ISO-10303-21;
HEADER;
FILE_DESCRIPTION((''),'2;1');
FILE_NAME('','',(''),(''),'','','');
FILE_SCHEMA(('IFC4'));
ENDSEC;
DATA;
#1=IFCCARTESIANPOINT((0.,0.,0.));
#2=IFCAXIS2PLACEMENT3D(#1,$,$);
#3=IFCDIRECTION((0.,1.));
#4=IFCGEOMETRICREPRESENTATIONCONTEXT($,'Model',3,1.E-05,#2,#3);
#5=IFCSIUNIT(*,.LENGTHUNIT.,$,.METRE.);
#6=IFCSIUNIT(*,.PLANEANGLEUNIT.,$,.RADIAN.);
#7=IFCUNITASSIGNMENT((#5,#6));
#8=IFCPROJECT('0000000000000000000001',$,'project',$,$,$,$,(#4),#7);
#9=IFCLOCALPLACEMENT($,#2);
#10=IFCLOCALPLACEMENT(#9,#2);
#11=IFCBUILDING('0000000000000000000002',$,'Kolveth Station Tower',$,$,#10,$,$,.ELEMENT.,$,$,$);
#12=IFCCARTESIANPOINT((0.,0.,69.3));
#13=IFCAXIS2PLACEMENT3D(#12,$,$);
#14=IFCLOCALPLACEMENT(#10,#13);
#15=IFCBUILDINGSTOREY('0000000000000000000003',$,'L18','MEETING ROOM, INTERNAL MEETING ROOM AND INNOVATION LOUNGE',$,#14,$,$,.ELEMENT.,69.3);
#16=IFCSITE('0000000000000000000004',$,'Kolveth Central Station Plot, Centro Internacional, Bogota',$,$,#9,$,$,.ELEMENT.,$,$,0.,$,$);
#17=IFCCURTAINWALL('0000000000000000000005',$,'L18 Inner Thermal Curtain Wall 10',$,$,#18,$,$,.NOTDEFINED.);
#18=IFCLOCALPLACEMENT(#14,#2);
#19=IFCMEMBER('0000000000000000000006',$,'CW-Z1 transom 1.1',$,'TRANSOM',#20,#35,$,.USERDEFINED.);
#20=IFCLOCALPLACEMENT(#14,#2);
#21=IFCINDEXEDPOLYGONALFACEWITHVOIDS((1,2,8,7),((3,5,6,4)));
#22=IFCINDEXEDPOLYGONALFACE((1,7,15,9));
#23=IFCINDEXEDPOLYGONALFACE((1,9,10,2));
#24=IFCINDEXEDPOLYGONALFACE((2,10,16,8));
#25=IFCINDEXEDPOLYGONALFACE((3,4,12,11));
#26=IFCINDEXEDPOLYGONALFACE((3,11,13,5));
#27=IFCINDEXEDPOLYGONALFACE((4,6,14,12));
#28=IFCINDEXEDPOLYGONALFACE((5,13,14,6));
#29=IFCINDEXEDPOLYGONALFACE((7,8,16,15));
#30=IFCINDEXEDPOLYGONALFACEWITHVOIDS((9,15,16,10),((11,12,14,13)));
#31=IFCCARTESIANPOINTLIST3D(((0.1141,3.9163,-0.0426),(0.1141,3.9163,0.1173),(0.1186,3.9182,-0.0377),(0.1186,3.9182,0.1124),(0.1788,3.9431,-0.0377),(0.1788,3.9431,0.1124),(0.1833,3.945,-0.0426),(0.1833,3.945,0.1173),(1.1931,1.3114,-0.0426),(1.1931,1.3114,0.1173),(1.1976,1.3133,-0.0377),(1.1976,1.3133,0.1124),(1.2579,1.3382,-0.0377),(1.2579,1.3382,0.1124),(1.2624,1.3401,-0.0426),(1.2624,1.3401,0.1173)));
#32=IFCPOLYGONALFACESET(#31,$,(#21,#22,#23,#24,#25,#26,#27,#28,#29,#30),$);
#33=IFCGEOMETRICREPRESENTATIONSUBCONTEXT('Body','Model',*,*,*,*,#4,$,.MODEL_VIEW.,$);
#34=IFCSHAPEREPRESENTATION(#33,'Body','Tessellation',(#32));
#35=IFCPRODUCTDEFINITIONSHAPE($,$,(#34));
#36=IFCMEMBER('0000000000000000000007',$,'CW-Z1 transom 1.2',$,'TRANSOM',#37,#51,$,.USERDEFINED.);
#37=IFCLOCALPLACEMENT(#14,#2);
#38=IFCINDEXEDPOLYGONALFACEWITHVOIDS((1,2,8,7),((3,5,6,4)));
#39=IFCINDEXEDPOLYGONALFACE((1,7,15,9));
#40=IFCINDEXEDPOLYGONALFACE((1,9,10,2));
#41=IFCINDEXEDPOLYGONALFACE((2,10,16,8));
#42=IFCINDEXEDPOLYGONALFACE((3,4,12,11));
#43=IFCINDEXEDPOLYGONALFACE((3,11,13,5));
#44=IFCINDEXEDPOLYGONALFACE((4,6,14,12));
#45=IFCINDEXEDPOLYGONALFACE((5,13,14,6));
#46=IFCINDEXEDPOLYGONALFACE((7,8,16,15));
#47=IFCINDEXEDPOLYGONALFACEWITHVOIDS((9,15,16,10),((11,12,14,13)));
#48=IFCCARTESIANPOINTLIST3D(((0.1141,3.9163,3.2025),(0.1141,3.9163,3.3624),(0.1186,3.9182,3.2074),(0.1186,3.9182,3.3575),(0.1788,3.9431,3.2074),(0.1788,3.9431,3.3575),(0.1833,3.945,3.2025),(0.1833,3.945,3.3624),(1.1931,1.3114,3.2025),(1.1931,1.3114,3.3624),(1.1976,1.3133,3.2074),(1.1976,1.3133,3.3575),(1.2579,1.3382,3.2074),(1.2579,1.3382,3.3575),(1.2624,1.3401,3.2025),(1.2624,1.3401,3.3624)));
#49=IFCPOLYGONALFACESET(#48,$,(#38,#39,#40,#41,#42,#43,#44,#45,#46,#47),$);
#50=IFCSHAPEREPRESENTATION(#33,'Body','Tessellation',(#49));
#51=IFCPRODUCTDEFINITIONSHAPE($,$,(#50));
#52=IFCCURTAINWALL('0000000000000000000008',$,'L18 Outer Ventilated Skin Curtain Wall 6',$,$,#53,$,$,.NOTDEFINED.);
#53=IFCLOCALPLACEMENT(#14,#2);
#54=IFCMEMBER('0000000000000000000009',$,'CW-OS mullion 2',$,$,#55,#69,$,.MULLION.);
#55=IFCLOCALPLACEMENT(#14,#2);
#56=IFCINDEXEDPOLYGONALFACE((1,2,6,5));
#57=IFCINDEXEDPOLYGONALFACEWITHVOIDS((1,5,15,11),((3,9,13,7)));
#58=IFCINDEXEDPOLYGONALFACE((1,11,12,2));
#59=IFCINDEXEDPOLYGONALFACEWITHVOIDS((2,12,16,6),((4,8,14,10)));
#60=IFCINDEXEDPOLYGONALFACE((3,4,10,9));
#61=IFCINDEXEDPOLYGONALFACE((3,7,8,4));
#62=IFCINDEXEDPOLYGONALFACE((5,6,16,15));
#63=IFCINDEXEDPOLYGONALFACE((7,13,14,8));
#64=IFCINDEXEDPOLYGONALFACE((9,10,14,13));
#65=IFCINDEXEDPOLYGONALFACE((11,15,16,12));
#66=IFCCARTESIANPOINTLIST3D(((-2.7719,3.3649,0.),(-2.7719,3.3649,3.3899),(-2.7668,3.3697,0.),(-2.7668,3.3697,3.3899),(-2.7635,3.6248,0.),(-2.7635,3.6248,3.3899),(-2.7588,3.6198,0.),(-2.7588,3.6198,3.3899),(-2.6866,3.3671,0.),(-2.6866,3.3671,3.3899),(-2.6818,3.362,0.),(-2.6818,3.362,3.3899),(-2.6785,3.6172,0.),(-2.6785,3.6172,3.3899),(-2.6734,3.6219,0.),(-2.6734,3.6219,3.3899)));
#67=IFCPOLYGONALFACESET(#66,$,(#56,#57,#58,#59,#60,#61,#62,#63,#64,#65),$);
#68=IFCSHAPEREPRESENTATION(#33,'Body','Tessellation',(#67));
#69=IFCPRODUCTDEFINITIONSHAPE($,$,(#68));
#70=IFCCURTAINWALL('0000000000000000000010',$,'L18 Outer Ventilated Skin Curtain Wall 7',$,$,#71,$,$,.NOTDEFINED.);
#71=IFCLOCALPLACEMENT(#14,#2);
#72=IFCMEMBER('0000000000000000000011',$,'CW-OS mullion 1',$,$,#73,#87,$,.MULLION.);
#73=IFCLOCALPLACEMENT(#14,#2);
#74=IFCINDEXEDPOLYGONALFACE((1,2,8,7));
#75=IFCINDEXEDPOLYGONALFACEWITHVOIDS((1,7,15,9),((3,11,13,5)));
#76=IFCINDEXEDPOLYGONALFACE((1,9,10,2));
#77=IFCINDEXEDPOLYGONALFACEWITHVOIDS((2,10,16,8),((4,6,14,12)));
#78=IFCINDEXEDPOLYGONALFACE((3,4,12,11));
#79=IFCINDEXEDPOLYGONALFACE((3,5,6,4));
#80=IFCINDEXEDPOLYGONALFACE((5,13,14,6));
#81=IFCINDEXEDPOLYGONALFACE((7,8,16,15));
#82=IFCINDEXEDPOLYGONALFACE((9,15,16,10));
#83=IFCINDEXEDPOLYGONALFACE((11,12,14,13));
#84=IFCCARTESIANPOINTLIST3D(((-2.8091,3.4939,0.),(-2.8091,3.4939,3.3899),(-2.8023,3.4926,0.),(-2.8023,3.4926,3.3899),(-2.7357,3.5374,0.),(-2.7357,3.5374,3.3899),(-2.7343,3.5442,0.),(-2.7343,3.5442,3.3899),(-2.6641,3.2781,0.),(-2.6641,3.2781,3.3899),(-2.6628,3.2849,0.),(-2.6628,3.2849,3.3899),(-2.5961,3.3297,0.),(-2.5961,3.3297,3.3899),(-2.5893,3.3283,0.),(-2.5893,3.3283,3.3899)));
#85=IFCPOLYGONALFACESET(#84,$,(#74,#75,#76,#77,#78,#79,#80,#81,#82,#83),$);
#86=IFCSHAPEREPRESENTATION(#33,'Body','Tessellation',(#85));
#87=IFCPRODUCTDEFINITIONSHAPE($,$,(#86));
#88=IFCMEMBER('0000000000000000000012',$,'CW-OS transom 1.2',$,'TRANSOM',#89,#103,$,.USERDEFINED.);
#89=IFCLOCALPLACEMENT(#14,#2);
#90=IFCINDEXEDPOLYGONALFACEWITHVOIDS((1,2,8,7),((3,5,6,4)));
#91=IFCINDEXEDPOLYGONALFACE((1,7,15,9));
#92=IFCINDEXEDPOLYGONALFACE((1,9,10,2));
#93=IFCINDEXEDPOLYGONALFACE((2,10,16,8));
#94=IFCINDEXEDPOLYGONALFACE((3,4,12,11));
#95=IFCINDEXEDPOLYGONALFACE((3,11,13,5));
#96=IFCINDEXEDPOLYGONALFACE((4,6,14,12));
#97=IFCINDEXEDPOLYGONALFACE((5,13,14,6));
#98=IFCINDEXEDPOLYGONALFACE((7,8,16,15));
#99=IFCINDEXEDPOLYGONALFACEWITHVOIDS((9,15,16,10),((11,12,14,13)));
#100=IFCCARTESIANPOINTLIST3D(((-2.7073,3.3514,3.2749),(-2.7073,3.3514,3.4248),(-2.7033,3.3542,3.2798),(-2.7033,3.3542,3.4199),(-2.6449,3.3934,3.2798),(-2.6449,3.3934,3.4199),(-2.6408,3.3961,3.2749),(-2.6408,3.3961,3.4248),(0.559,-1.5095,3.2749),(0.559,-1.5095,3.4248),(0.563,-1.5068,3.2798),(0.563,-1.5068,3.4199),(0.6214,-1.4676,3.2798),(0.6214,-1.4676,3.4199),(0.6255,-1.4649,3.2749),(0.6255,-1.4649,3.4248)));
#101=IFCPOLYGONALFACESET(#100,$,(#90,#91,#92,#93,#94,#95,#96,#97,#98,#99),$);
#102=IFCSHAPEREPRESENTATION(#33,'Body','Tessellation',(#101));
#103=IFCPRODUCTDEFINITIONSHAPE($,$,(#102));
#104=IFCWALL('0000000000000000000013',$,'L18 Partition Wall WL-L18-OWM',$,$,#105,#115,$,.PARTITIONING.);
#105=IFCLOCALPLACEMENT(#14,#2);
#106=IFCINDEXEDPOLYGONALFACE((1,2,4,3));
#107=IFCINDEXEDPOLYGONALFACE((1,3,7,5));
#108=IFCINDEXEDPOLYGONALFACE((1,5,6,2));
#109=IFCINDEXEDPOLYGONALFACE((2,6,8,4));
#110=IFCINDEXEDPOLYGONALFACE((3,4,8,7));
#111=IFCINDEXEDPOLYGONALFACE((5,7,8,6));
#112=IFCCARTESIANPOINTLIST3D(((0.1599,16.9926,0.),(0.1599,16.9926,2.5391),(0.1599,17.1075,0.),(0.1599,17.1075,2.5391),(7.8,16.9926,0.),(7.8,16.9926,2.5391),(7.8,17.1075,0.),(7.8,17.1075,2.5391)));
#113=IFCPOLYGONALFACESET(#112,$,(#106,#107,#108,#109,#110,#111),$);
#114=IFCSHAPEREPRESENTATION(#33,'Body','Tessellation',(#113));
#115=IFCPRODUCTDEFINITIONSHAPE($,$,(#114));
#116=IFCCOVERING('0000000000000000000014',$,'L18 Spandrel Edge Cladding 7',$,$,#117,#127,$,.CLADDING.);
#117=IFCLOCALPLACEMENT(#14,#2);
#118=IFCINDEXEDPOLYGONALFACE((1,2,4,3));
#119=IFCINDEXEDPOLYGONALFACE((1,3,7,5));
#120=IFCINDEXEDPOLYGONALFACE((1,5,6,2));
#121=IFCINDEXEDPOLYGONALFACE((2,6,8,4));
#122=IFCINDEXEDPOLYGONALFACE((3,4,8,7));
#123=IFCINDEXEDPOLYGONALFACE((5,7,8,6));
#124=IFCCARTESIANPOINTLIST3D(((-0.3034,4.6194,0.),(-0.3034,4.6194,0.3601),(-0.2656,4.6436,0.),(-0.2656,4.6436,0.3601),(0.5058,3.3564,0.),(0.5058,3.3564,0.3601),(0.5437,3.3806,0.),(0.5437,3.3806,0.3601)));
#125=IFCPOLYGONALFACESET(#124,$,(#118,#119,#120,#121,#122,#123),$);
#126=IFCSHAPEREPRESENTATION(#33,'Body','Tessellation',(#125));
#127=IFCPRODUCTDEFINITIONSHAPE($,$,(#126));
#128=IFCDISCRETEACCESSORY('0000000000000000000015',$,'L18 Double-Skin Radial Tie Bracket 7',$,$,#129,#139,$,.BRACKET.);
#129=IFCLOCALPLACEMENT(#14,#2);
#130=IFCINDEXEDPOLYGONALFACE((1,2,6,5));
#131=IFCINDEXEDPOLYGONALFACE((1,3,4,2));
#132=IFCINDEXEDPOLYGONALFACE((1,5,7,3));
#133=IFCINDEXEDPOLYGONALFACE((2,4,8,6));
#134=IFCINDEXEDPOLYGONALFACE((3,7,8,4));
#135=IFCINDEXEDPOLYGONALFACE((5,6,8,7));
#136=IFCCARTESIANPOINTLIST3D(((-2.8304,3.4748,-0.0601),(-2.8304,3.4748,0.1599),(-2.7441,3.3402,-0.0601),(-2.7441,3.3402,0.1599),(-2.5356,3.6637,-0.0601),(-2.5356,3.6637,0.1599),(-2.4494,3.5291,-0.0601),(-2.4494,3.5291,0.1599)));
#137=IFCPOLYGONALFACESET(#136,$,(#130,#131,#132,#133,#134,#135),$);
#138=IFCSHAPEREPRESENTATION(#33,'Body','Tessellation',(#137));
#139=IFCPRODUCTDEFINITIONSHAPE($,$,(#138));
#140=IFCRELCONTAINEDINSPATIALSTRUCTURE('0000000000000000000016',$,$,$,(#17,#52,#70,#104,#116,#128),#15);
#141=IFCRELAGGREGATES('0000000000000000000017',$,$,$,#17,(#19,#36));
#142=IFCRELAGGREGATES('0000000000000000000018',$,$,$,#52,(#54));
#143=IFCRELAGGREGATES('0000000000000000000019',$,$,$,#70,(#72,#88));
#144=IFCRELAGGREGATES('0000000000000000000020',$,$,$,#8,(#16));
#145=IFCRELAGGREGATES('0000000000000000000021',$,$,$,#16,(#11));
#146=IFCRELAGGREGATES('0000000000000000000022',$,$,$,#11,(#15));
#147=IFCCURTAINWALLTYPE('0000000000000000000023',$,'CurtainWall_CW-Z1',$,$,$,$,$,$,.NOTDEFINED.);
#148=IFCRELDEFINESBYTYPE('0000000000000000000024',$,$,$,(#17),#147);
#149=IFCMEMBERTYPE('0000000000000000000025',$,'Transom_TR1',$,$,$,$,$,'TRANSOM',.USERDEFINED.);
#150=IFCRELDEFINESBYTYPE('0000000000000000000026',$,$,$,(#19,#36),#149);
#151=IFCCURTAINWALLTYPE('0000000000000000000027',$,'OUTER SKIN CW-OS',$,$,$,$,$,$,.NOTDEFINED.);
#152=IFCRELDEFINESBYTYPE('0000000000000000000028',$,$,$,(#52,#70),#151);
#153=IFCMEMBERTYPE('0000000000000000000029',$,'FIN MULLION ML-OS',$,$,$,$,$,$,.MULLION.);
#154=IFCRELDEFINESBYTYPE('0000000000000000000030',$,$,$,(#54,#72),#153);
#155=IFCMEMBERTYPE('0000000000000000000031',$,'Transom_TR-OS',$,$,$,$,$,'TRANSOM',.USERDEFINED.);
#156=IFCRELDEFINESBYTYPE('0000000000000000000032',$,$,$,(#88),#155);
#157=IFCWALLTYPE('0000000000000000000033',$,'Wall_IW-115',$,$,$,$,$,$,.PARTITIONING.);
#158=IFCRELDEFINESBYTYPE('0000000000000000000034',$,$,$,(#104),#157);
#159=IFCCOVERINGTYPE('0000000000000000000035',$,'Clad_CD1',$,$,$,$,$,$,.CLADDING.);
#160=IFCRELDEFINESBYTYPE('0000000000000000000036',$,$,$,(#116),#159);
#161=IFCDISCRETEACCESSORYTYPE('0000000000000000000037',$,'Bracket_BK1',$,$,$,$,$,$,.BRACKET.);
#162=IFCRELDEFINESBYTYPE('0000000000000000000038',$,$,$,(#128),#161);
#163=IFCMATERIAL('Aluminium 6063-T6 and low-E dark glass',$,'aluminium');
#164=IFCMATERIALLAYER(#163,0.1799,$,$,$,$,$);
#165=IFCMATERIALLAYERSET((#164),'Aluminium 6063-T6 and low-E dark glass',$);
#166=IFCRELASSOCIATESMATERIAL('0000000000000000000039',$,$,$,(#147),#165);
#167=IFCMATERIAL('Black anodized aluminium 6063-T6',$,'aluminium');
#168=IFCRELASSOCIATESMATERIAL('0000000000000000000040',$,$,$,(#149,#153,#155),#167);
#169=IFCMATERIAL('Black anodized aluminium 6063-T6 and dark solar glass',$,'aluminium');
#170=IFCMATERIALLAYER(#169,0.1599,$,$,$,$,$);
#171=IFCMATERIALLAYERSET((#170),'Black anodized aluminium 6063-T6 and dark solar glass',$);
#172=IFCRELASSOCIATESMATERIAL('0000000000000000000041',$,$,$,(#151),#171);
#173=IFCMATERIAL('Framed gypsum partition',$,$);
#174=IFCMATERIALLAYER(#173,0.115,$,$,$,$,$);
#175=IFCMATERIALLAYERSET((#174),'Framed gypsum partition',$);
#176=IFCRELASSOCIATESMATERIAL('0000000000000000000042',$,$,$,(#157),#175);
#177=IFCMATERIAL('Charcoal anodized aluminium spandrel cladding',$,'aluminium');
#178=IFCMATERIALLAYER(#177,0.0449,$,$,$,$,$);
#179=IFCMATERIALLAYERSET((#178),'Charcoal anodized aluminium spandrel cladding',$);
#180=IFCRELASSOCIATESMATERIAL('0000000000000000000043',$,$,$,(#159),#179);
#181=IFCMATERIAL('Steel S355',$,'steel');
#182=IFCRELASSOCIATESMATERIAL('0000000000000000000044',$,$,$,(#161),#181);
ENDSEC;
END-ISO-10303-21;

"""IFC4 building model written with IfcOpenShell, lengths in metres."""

from ifc_helpers import new_model, si_unit, direction, frame, frame_2d, origin, origin_2d, place, context, subcontext, project, spatial, rectangle, hollow_rectangle, extrude, source, transform, mapped, material, layer, layer_set, material_profile, profile_set, type_object, element, aggregate, save


model = new_model("IFC4")

# Units and contexts
model_context = context("Model", 3, precision=1e-05, world=origin(), true_north=direction((0.0, 1.0)))
body_context = subcontext(model_context, "Body", "Model", "MODEL_VIEW")
ifc_project = project(units=[si_unit("LENGTHUNIT", "METRE"), si_unit("PLANEANGLEUNIT", "RADIAN")], contexts=[model_context])

# Site, building, storey
site_placement = place(None, origin())
site = spatial("IfcSite", under=ifc_project, at=site_placement, Name="Kolveth Central Station Plot, Centro Internacional, Bogota", CompositionType="ELEMENT", RefElevation=0.0)
building_placement = place(site_placement, origin())
building = spatial("IfcBuilding", under=site, at=building_placement, Name="Kolveth Station Tower", CompositionType="ELEMENT")
storey_placement = place(building_placement, frame((0.0, 0.0, 69.3)))
storey = spatial("IfcBuildingStorey", under=building, at=storey_placement, Name="L18", Description="MEETING ROOM, INTERNAL MEETING ROOM AND INNOVATION LOUNGE", CompositionType="ELEMENT", Elevation=69.3)

# Shared definitions
ifc_material_1 = material(Name="Steel S355", Category="steel")

# Shared definitions
ifc_material_2 = material(Name="Aluminium 6063-T6 and low-E dark glass", Category="aluminium")
ifc_layer_1 = layer(ifc_material_2, 0.1799)
ifc_layer_set_1 = layer_set([ifc_layer_1], Name="Aluminium 6063-T6 and low-E dark glass")
curtain_wall_type_1 = type_object("IfcCurtainWallType", Name="CurtainWall_CW-Z1", PredefinedType="NOTDEFINED", material=ifc_layer_set_1)
ifc_material_3 = material(Name="Black anodized aluminium 6063-T6", Category="aluminium")

# Curtain wall, members
curtain_wall_1_placement = place(storey_placement, origin())
curtain_wall_1 = element("IfcCurtainWall", 1, at=curtain_wall_1_placement, inside=storey, type_object=curtain_wall_type_1, Name="L18 Inner Thermal Curtain Wall 10", PredefinedType="NOTDEFINED")
ifc_material_profile_1 = material_profile(ifc_material_3, hollow_rectangle(XDim=0.075, YDim=0.1599, WallThickness=0.0049, at=origin_2d()), Name="ALU-75x160x5")
ifc_profile_set_1 = profile_set([ifc_material_profile_1], Name="Black anodized aluminium 6063-T6")
member_type_1 = type_object("IfcMemberType", Name="Transom_TR1", ElementType="TRANSOM", PredefinedType="USERDEFINED", material=ifc_profile_set_1)
shared_shape_1 = source(origin(), body_context, "Body", "SweptSolid", [
    extrude(hollow_rectangle(XDim=0.075, YDim=0.1599, WallThickness=0.0049, at=origin_2d()), origin(), (0.0, 0.0, 1.0), 2.8196),
])
member_1_placement = place(storey_placement, frame((0.1487, 3.9307, 0.0374), z_axis=(0.382709, -0.923869, 0.0), x_axis=(0.923869, 0.382709, 0.0)))
member_1 = element("IfcMember", 2, at=member_1_placement, type_object=member_type_1, Name="CW-Z1 transom 1.1", ObjectType="TRANSOM", PredefinedType="USERDEFINED", context=body_context, shape_type="MappedRepresentation", body=[
    mapped(shared_shape_1, transform((0.0, 0.0, 0.0), x_axis=(1.0, 0.0, 0.0), y_axis=(0.0, 1.0, 0.0), z_axis=(0.0, 0.0, 1.0), scale=1.0)),
])
member_2_placement = place(storey_placement, frame((0.1487, 3.9307, 3.2825), z_axis=(0.382709, -0.923869, 0.0), x_axis=(0.923869, 0.382709, 0.0)))
member_2 = element("IfcMember", 3, at=member_2_placement, type_object=member_type_1, Name="CW-Z1 transom 1.2", ObjectType="TRANSOM", PredefinedType="USERDEFINED", context=body_context, shape_type="MappedRepresentation", body=[
    mapped(shared_shape_1, transform((0.0, 0.0, 0.0), x_axis=(1.0, 0.0, 0.0), y_axis=(0.0, 1.0, 0.0), z_axis=(0.0, 0.0, 1.0), scale=1.0)),
])
aggregate(curtain_wall_1, [member_1, member_2])

# Curtain wall, member
ifc_material_4 = material(Name="Black anodized aluminium 6063-T6 and dark solar glass", Category="aluminium")
ifc_layer_2 = layer(ifc_material_4, 0.1599)
ifc_layer_set_2 = layer_set([ifc_layer_2], Name="Black anodized aluminium 6063-T6 and dark solar glass")
curtain_wall_type_2 = type_object("IfcCurtainWallType", Name="OUTER SKIN CW-OS", PredefinedType="NOTDEFINED", material=ifc_layer_set_2)
curtain_wall_2_placement = place(storey_placement, origin())
curtain_wall_2 = element("IfcCurtainWall", 4, at=curtain_wall_2_placement, inside=storey, type_object=curtain_wall_type_2, Name="L18 Outer Ventilated Skin Curtain Wall 6", PredefinedType="NOTDEFINED")
ifc_material_profile_2 = material_profile(ifc_material_3, hollow_rectangle(XDim=0.0901, YDim=0.26, WallThickness=0.0049, at=origin_2d()), Name="ALU-90x260x5")
ifc_profile_set_2 = profile_set([ifc_material_profile_2], Name="Black anodized aluminium 6063-T6")
member_type_2 = type_object("IfcMemberType", Name="FIN MULLION ML-OS", PredefinedType="MULLION", material=ifc_profile_set_2)
shared_shape_2 = source(origin(), body_context, "Body", "SweptSolid", [
    extrude(hollow_rectangle(XDim=0.0901, YDim=0.26, WallThickness=0.0049, at=origin_2d()), origin(), (0.0, 0.0, 1.0), 3.3899),
])
member_3_placement = place(storey_placement, frame((-2.7227, 3.4934, 0.0), z_axis=(0.0, 0.0, 1.0), x_axis=(0.999477, -0.032334, 0.0)))
member_3 = element("IfcMember", 5, at=member_3_placement, type_object=member_type_2, Name="CW-OS mullion 2", PredefinedType="MULLION", context=body_context, shape_type="MappedRepresentation", body=[
    mapped(shared_shape_2, transform((0.0, 0.0, 0.0), x_axis=(1.0, 0.0, 0.0), y_axis=(0.0, 1.0, 0.0), z_axis=(0.0, 0.0, 1.0), scale=1.0)),
])
aggregate(curtain_wall_2, [member_3])

# Curtain wall, members
curtain_wall_3_placement = place(storey_placement, origin())
curtain_wall_3 = element("IfcCurtainWall", 6, at=curtain_wall_3_placement, inside=storey, type_object=curtain_wall_type_2, Name="L18 Outer Ventilated Skin Curtain Wall 7", PredefinedType="NOTDEFINED")
member_4_placement = place(storey_placement, frame((-2.6992, 3.4111, 0.0), z_axis=(0.0, 0.0, 1.0), x_axis=(0.830029, 0.55772, 0.0)))
member_4 = element("IfcMember", 7, at=member_4_placement, type_object=member_type_2, Name="CW-OS mullion 1", PredefinedType="MULLION", context=body_context, shape_type="MappedRepresentation", body=[
    mapped(shared_shape_2, transform((0.0, 0.0, 0.0), x_axis=(1.0, 0.0, 0.0), y_axis=(0.0, 1.0, 0.0), z_axis=(0.0, 0.0, 1.0), scale=1.0)),
])
ifc_material_profile_3 = material_profile(ifc_material_3, hollow_rectangle(XDim=0.0801, YDim=0.1499, WallThickness=0.0049, at=origin_2d()), Name="ALU-80x150x5")
ifc_profile_set_3 = profile_set([ifc_material_profile_3], Name="Black anodized aluminium 6063-T6")
member_type_3 = type_object("IfcMemberType", Name="Transom_TR-OS", ElementType="TRANSOM", PredefinedType="USERDEFINED", material=ifc_profile_set_3)
shared_shape_3 = source(origin(), body_context, "Body", "SweptSolid", [
    extrude(hollow_rectangle(XDim=0.0801, YDim=0.1499, WallThickness=0.0049, at=origin_2d()), origin(), (0.0, 0.0, 1.0), 5.8564),
])
member_5_placement = place(storey_placement, frame((-2.6741, 3.3738, 3.3499), z_axis=(0.557727, -0.830025, 0.0), x_axis=(0.830025, 0.557727, 0.0)))
member_5 = element("IfcMember", 8, at=member_5_placement, type_object=member_type_3, Name="CW-OS transom 1.2", ObjectType="TRANSOM", PredefinedType="USERDEFINED", context=body_context, shape_type="MappedRepresentation", body=[
    mapped(shared_shape_3, transform((0.0, 0.0, 0.0), x_axis=(1.0, 0.0, 0.0), y_axis=(0.0, 1.0, 0.0), z_axis=(0.0, 0.0, 1.0), scale=1.0)),
])
aggregate(curtain_wall_3, [member_4, member_5])

# Wall
ifc_material_5 = material(Name="Framed gypsum partition")
ifc_layer_3 = layer(ifc_material_5, 0.115)
ifc_layer_set_3 = layer_set([ifc_layer_3], Name="Framed gypsum partition")
wall_type = type_object("IfcWallType", Name="Wall_IW-115", PredefinedType="PARTITIONING", material=ifc_layer_set_3)
wall_placement = place(storey_placement, frame((0.1599, 17.05, 0.0), z_axis=(0.0, 0.0, 1.0), x_axis=(1.0, 0.0, 0.0)))
element("IfcWall", 9, at=wall_placement, inside=storey, type_object=wall_type, Name="L18 Partition Wall WL-L18-OWM", PredefinedType="PARTITIONING", context=body_context, shape_type="SweptSolid", body=[
    extrude(rectangle(XDim=7.6401, YDim=0.115, at=frame_2d((3.8201, 0.0))), origin(), (0.0, 0.0, 1.0), 2.5391),
])

# Covering
ifc_material_6 = material(Name="Charcoal anodized aluminium spandrel cladding", Category="aluminium")
ifc_layer_4 = layer(ifc_material_6, 0.0449)
ifc_layer_set_4 = layer_set([ifc_layer_4], Name="Charcoal anodized aluminium spandrel cladding")
covering_type = type_object("IfcCoveringType", Name="Clad_CD1", PredefinedType="CLADDING", material=ifc_layer_set_4)
shared_shape_4 = source(origin(), body_context, "Body", "SweptSolid", [
    extrude(rectangle(XDim=1.5, YDim=0.0449, at=origin_2d()), origin(), (0.0, 0.0, 1.0), 0.3601),
])
covering_placement = place(storey_placement, frame((0.1201, 4.0, 0.0), z_axis=(0.0, 0.0, 1.0), x_axis=(0.539506, -0.841982, 0.0)))
element("IfcCovering", 10, at=covering_placement, inside=storey, type_object=covering_type, Name="L18 Spandrel Edge Cladding 7", PredefinedType="CLADDING", context=body_context, shape_type="MappedRepresentation", body=[
    mapped(shared_shape_4, transform((0.0, 0.0, 0.0), x_axis=(1.0, 0.0, 0.0), y_axis=(0.0, 1.0, 0.0), z_axis=(0.0, 0.0, 1.0), scale=1.0)),
])

# Discrete accessory
discrete_accessory_type = type_object("IfcDiscreteAccessoryType", Name="Bracket_BK1", PredefinedType="BRACKET", material=ifc_material_1)
shared_shape_5 = source(origin(), body_context, "Body", "SweptSolid", [
    extrude(rectangle(XDim=0.3501, YDim=0.1599, at=origin_2d()), origin(), (0.0, 0.0, 1.0), 0.22),
])
discrete_accessory_placement = place(storey_placement, frame((-2.6399, 3.502, -0.0601), z_axis=(0.0, 0.0, 1.0), x_axis=(-0.841982, -0.539506, 0.0)))
element("IfcDiscreteAccessory", 11, at=discrete_accessory_placement, inside=storey, type_object=discrete_accessory_type, Name="L18 Double-Skin Radial Tie Bracket 7", PredefinedType="BRACKET", context=body_context, shape_type="MappedRepresentation", body=[
    mapped(shared_shape_5, transform((0.0, 0.0, 0.0), x_axis=(1.0, 0.0, 0.0), y_axis=(0.0, 1.0, 0.0), z_axis=(0.0, 0.0, 1.0), scale=1.0)),
])

save(model, "model.ifc")
